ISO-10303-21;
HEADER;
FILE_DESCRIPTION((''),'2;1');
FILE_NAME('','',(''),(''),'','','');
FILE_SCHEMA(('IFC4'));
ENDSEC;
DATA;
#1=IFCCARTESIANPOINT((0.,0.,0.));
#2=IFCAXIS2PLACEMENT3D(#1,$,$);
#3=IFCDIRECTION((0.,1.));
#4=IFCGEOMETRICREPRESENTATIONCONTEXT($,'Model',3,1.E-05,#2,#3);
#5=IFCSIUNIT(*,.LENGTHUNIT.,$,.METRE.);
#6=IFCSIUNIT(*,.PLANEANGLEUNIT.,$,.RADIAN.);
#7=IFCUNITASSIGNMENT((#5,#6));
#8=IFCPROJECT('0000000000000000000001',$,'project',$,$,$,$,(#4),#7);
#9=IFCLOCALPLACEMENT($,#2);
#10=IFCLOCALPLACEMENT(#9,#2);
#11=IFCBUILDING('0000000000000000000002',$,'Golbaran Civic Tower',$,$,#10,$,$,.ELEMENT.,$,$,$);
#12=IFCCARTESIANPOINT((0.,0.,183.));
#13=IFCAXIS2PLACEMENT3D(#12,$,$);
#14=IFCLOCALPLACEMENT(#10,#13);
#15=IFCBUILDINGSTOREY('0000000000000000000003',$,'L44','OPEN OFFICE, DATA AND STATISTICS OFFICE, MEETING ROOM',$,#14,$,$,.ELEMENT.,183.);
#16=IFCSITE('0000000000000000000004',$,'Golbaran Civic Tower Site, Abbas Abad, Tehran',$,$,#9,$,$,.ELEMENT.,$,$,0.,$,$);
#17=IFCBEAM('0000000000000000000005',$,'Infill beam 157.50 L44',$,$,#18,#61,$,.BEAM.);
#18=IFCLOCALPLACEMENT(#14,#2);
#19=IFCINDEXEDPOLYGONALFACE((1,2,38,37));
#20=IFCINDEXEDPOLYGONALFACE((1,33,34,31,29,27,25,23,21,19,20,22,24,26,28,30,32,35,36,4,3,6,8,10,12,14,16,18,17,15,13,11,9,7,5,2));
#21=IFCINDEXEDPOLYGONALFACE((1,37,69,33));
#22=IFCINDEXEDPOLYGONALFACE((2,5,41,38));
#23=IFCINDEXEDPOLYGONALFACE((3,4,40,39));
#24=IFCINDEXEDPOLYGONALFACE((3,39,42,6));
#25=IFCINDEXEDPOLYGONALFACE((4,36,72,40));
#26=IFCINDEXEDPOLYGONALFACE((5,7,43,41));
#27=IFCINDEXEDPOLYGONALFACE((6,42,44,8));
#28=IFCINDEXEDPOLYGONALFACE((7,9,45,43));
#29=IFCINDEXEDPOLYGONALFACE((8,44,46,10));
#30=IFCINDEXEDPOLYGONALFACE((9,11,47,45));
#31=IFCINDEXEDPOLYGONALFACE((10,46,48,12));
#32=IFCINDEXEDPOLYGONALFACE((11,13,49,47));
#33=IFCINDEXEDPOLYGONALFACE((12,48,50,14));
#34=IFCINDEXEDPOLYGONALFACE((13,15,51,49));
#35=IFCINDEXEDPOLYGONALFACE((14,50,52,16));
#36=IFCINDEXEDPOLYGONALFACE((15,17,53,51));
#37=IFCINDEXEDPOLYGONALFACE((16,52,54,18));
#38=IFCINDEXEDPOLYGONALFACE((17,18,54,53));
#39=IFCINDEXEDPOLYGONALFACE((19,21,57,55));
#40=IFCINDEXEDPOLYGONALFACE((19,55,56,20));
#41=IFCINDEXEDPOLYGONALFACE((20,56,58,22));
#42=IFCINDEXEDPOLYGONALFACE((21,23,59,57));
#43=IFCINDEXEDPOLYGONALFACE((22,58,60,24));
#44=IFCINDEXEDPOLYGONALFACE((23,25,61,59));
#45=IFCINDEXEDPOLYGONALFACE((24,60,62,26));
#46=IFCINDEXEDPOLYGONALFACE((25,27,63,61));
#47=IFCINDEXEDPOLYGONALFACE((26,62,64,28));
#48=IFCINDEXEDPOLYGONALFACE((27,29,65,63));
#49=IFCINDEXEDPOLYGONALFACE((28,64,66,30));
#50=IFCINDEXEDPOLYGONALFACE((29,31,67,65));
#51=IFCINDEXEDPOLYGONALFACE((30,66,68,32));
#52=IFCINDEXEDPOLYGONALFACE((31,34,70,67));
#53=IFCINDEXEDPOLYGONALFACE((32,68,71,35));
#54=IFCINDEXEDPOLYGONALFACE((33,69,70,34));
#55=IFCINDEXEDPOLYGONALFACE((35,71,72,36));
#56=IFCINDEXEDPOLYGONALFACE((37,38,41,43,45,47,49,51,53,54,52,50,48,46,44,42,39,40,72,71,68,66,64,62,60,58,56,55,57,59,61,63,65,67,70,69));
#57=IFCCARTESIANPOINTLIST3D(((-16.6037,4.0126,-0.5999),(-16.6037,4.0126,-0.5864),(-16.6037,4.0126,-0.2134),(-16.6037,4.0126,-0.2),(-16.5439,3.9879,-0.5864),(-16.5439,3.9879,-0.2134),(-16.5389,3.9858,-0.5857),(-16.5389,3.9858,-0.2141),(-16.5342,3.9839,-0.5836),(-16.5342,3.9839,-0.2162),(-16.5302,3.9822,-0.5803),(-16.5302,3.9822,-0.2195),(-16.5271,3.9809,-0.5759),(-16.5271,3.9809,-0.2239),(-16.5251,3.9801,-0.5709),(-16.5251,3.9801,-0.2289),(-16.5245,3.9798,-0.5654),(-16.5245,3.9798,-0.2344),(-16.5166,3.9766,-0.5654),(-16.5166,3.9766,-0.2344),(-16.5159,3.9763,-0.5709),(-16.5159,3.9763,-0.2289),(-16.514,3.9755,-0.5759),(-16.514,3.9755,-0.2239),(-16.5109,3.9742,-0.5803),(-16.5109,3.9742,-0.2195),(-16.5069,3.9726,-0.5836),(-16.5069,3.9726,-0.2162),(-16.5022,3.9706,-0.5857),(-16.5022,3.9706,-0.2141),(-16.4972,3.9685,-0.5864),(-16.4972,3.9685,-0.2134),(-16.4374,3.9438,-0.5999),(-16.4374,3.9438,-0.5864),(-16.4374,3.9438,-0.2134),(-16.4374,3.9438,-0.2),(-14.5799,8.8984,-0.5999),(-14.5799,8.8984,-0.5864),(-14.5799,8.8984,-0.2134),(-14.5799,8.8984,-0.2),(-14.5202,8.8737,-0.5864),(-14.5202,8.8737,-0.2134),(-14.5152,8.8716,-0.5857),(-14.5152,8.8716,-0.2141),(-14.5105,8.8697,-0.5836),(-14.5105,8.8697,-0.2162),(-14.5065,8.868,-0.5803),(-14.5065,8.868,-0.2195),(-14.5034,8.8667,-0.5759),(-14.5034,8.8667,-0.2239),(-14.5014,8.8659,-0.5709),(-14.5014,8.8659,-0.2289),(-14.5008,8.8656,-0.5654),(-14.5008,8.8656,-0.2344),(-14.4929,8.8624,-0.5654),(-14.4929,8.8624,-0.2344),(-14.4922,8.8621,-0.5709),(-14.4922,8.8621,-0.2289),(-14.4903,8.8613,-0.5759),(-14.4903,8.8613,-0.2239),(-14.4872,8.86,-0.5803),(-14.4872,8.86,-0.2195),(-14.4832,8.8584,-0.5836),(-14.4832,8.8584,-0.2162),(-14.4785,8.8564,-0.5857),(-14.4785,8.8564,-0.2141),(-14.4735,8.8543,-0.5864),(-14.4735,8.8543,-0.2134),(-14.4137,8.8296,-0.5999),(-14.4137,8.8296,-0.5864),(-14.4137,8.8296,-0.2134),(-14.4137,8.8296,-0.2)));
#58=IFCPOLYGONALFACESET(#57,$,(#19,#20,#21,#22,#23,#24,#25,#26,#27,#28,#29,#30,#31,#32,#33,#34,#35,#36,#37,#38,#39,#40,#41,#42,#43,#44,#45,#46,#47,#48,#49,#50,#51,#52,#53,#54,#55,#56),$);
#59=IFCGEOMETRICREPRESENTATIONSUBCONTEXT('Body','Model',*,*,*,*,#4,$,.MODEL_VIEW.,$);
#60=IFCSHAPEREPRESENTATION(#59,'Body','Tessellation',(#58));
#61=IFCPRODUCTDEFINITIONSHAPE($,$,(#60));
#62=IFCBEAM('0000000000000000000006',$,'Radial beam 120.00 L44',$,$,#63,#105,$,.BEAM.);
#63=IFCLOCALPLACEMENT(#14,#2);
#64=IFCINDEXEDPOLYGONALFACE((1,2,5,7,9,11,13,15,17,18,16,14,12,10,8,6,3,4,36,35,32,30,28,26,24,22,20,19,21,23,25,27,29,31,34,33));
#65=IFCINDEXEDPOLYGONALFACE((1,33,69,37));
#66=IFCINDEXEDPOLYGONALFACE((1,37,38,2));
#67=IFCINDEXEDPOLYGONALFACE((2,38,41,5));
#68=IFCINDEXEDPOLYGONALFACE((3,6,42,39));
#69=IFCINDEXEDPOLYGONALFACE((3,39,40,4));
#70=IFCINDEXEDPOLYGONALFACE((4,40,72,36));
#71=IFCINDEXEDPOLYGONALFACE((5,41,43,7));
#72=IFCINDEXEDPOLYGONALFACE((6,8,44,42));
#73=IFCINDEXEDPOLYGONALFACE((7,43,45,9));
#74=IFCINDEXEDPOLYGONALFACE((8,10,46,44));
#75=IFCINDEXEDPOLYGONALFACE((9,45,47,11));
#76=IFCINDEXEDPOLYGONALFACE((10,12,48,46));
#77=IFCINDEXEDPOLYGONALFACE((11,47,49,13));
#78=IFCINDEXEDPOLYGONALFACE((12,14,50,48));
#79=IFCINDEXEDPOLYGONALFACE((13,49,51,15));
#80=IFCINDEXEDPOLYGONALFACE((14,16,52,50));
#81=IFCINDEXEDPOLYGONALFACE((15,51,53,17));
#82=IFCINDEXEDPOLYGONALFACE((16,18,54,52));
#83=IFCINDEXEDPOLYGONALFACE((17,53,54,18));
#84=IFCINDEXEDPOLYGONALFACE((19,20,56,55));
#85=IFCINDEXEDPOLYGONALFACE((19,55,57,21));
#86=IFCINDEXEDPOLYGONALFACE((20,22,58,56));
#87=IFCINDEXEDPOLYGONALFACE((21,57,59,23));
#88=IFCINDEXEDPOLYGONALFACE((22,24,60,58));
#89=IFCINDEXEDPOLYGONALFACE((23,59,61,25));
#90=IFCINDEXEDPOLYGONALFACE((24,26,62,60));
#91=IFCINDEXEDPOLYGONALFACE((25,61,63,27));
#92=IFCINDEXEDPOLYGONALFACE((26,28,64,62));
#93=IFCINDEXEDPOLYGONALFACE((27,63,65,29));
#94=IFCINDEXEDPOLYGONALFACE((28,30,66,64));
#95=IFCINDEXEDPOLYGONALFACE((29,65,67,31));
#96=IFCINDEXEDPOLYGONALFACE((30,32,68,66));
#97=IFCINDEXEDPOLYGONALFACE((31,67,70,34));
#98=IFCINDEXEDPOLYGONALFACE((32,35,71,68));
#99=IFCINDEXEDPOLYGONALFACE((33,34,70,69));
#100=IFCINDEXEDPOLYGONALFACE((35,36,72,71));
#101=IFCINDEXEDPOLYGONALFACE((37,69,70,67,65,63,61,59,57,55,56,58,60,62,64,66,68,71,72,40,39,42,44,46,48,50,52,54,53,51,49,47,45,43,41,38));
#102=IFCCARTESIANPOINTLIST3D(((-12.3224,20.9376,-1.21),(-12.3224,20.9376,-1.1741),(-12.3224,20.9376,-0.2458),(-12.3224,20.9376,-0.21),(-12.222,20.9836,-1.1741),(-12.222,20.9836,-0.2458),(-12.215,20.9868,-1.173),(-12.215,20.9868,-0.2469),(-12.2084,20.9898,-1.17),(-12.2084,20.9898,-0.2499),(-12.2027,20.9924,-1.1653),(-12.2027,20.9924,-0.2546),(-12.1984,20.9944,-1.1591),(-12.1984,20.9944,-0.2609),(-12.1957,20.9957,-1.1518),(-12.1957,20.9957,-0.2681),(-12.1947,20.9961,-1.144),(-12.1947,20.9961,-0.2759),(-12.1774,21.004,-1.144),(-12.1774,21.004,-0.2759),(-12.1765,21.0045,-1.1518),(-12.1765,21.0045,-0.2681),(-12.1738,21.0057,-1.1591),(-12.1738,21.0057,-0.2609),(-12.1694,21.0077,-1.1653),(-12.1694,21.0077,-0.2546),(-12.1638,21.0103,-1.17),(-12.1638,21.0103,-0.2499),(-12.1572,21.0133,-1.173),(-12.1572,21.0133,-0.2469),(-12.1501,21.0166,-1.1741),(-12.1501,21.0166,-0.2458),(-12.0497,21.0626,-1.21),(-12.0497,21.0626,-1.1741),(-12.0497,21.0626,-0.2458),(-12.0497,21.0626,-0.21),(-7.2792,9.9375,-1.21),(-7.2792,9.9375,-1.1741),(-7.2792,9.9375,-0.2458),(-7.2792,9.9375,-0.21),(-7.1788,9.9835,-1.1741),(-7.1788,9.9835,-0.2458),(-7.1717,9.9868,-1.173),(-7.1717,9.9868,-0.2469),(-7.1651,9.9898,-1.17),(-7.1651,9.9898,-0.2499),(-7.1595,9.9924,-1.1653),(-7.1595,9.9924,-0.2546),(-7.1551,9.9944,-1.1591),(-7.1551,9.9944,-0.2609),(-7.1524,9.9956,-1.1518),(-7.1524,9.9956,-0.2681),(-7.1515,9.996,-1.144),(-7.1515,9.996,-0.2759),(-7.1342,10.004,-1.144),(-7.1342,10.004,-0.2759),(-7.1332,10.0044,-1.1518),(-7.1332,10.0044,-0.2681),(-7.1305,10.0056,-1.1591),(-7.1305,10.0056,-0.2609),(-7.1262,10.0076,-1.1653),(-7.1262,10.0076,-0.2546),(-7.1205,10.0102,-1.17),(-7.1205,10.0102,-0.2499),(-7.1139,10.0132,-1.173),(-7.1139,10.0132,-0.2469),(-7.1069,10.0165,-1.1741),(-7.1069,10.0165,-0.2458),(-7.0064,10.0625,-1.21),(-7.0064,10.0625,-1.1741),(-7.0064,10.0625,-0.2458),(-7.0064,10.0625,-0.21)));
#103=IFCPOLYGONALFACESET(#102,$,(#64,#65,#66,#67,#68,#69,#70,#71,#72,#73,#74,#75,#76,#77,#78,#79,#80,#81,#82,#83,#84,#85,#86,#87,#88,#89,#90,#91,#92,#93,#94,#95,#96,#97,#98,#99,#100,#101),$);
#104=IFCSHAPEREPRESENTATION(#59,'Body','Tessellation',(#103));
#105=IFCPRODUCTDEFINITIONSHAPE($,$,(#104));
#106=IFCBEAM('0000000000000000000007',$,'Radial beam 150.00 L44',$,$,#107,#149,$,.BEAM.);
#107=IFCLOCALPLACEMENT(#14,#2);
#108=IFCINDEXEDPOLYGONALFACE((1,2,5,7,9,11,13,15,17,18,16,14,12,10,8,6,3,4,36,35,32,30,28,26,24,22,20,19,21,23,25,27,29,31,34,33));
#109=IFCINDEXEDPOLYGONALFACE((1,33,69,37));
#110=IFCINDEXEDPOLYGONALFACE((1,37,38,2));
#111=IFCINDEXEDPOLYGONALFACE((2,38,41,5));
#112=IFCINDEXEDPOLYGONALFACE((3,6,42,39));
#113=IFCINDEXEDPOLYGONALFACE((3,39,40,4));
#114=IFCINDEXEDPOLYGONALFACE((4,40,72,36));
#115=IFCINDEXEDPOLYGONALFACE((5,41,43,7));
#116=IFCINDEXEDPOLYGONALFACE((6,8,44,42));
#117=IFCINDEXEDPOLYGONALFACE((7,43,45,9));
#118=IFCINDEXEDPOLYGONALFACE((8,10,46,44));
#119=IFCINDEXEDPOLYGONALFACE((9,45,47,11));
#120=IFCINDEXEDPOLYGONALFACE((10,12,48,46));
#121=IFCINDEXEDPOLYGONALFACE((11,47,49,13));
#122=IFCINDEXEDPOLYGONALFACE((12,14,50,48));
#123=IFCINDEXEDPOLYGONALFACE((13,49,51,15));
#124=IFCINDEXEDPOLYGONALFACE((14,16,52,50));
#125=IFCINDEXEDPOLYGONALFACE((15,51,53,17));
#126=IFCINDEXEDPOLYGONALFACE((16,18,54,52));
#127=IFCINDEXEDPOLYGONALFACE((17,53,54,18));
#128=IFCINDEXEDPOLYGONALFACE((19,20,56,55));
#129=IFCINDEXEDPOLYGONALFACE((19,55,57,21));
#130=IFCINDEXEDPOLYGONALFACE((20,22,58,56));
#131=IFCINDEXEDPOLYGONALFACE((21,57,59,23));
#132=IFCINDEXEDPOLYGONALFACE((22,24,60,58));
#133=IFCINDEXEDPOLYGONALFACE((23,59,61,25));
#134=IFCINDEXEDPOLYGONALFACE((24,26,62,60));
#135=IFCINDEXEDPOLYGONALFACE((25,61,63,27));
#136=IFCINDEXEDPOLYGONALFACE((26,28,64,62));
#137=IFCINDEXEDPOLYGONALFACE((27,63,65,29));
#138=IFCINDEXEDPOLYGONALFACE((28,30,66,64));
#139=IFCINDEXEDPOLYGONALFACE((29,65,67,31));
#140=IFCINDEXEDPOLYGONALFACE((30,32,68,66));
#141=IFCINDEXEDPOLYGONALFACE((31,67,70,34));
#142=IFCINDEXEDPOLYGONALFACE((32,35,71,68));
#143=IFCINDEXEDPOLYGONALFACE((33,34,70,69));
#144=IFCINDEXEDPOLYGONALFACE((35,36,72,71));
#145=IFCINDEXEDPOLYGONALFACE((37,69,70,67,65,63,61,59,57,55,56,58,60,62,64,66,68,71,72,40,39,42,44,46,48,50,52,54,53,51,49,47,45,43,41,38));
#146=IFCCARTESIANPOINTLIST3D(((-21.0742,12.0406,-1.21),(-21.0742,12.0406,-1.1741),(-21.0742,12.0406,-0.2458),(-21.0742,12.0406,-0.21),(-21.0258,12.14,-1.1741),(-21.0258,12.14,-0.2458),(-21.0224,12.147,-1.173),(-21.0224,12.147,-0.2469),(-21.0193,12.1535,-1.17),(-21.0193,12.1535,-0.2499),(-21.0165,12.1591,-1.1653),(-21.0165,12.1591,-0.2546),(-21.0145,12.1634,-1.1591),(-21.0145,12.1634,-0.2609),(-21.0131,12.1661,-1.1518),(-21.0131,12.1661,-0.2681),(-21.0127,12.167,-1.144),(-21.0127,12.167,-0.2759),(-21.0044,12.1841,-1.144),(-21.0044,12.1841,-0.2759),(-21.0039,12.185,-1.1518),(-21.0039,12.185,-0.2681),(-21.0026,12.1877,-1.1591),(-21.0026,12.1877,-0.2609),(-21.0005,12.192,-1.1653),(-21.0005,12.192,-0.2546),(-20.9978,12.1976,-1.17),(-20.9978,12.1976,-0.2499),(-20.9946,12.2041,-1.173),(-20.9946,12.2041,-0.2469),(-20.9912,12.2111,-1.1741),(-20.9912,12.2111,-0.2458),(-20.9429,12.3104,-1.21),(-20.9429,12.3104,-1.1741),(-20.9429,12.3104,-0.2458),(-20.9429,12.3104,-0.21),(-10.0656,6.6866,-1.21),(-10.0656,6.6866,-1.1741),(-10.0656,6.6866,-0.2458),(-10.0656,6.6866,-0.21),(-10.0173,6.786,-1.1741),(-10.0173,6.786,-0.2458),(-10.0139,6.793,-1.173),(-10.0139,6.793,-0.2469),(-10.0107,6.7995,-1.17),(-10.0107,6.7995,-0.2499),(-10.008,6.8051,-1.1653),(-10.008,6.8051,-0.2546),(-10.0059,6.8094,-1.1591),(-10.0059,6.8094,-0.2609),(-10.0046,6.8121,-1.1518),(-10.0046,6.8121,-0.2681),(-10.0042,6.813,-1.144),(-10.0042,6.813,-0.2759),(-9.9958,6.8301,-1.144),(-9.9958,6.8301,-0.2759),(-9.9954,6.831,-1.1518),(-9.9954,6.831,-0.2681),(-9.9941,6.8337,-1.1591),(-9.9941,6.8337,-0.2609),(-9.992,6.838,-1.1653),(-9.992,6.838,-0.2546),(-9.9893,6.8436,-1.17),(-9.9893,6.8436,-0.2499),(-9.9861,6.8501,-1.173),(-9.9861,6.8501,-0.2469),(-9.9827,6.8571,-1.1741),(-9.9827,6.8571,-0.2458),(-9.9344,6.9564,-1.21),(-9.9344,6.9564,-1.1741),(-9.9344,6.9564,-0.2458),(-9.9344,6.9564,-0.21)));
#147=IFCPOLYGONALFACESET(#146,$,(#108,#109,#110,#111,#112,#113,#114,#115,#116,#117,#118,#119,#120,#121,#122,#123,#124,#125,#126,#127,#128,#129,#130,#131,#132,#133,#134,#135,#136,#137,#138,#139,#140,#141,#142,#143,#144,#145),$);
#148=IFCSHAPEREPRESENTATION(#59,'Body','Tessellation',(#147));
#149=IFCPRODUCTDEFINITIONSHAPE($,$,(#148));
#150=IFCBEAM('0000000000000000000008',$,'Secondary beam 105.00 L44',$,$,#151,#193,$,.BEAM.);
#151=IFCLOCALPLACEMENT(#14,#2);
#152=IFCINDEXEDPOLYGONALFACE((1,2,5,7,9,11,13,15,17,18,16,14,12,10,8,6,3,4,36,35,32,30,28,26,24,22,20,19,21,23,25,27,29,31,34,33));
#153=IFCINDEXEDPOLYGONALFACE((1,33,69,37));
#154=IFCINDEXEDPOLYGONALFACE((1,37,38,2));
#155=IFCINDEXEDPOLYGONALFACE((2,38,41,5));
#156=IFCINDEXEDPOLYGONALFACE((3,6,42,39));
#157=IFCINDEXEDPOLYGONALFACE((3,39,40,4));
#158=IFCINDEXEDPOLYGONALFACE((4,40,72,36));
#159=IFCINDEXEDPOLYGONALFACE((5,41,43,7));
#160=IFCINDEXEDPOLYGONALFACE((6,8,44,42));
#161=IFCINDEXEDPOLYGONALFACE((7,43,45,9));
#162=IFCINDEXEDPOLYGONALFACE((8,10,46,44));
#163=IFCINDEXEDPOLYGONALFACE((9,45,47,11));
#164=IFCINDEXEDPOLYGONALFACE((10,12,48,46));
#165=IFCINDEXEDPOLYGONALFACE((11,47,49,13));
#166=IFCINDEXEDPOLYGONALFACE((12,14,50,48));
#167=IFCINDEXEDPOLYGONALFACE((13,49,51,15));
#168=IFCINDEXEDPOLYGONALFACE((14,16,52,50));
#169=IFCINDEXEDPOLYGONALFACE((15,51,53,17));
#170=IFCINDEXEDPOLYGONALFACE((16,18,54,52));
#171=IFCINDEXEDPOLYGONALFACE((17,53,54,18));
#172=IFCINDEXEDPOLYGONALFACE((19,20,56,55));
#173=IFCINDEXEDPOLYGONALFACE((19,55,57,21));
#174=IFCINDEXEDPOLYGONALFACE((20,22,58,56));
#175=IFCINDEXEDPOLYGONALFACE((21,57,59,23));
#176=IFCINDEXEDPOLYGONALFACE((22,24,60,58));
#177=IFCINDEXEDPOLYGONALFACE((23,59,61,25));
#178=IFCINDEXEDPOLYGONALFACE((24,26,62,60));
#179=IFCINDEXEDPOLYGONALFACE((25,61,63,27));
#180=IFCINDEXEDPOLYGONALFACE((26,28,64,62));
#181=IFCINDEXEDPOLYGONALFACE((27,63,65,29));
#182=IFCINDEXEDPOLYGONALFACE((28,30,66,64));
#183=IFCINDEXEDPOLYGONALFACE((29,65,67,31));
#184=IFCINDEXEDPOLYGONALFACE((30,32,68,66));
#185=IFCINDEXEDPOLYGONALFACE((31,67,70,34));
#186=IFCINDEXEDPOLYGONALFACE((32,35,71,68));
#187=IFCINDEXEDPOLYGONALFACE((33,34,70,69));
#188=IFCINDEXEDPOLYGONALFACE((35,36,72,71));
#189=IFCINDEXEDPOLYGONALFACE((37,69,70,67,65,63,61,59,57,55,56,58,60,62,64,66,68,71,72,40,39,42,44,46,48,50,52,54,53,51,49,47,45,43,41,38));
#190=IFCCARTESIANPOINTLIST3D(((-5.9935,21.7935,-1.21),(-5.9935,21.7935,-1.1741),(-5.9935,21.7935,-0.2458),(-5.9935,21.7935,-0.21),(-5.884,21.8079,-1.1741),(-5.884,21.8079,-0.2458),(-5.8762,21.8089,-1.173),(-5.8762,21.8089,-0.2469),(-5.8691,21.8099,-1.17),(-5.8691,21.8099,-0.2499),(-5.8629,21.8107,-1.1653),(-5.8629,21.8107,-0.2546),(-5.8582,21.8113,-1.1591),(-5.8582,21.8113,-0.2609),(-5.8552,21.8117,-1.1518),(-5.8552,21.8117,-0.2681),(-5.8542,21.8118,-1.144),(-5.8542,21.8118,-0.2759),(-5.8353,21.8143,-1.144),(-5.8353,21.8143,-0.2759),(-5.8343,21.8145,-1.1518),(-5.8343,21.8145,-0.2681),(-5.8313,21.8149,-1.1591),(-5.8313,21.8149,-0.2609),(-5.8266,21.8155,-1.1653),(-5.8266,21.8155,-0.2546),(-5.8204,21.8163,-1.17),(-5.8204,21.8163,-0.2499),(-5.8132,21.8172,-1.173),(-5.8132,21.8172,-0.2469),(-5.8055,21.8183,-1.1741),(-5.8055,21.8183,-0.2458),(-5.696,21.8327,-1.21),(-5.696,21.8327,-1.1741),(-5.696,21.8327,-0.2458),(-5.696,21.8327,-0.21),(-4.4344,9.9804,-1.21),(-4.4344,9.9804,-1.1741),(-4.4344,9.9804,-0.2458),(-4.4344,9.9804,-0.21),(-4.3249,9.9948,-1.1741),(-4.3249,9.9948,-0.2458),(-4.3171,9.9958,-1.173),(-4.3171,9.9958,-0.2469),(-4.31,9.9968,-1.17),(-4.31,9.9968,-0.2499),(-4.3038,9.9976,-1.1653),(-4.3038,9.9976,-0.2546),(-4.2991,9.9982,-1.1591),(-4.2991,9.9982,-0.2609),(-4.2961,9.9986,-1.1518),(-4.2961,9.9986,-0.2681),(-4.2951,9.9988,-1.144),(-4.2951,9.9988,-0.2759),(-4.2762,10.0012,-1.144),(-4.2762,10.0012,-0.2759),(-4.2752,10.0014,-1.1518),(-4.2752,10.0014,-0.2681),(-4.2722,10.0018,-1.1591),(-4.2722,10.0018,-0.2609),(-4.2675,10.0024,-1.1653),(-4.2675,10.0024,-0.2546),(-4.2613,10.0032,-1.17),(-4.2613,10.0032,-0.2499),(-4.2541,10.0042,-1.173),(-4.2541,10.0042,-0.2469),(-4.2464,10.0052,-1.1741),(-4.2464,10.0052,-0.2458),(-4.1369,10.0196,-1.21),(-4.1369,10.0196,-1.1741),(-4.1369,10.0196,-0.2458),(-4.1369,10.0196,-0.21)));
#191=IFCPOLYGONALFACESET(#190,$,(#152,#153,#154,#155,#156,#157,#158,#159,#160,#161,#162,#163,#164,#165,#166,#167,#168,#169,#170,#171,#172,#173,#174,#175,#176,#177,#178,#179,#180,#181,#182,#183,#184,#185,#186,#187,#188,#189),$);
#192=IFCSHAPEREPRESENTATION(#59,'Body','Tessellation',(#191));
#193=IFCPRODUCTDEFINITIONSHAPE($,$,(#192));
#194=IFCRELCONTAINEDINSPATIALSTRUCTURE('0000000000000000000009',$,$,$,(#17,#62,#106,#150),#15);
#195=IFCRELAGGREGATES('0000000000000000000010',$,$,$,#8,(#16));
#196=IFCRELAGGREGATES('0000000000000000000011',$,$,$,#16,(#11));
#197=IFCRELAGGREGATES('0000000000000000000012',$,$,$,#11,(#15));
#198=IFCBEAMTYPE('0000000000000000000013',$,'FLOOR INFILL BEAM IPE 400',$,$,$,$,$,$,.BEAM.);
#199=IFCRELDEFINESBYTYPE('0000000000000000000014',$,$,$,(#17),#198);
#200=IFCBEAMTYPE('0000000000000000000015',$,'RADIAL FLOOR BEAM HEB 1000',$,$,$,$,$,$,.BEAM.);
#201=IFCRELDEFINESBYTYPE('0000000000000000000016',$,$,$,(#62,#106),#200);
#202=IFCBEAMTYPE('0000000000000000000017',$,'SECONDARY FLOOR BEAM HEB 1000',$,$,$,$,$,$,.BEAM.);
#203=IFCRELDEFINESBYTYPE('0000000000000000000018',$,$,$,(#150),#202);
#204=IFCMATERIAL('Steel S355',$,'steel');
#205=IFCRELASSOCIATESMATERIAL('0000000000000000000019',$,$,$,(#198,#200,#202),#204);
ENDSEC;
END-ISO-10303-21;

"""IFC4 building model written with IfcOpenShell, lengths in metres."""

from ifc_helpers import new_model, si_unit, direction, frame, origin, origin_2d, place, context, subcontext, project, spatial, i_section, extrude, material, material_profile, profile_set, type_object, element, save


model = new_model("IFC4")

# Units and contexts
model_context = context("Model", 3, precision=1e-05, world=origin(), true_north=direction((0.0, 1.0)))
body_context = subcontext(model_context, "Body", "Model", "MODEL_VIEW")
ifc_project = project(units=[si_unit("LENGTHUNIT", "METRE"), si_unit("PLANEANGLEUNIT", "RADIAN")], contexts=[model_context])

# Site, building, storey
site_placement = place(None, origin())
site = spatial("IfcSite", under=ifc_project, at=site_placement, Name="Golbaran Civic Tower Site, Abbas Abad, Tehran", CompositionType="ELEMENT", RefElevation=0.0)
building_placement = place(site_placement, origin())
building = spatial("IfcBuilding", under=site, at=building_placement, Name="Golbaran Civic Tower", CompositionType="ELEMENT")
storey_placement = place(building_placement, frame((0.0, 0.0, 183.0)))
storey = spatial("IfcBuildingStorey", under=building, at=storey_placement, Name="L44", Description="OPEN OFFICE, DATA AND STATISTICS OFFICE, MEETING ROOM", CompositionType="ELEMENT", Elevation=183.0)

# Beams
ifc_material_1 = material(Name="Steel S355", Category="steel")
ifc_material_profile_1 = material_profile(ifc_material_1, i_section(OverallWidth=0.1799, OverallDepth=0.3999, WebThickness=0.0085, FlangeThickness=0.0134, FilletRadius=0.021, at=origin_2d()), Name="IPE 400")
ifc_profile_set_1 = profile_set([ifc_material_profile_1], Name="Steel S355")
beam_type_1 = type_object("IfcBeamType", Name="FLOOR INFILL BEAM IPE 400", PredefinedType="BEAM", material=ifc_profile_set_1)
beam_1_placement = place(storey_placement, frame((-14.4968, 8.864, -0.3999), z_axis=(-0.382674, -0.923883, 0.0), x_axis=(0.923883, -0.382674, 0.0)))
element("IfcBeam", 1, at=beam_1_placement, inside=storey, type_object=beam_type_1, Name="Infill beam 157.50 L44", PredefinedType="BEAM", context=body_context, shape_type="SweptSolid", body=[
    extrude(i_section(OverallWidth=0.1799, OverallDepth=0.3999, WebThickness=0.0085, FlangeThickness=0.0134, FilletRadius=0.021, at=origin_2d()), origin(), (0.0, 0.0, 1.0), 5.2883),
])
ifc_material_profile_2 = material_profile(ifc_material_1, i_section(OverallWidth=0.3, OverallDepth=1.0, WebThickness=0.019, FlangeThickness=0.0359, FilletRadius=0.03, at=origin_2d()), Name="HEB 1000")
ifc_profile_set_2 = profile_set([ifc_material_profile_2], Name="Steel S355")
beam_type_2 = type_object("IfcBeamType", Name="RADIAL FLOOR BEAM HEB 1000", PredefinedType="BEAM", material=ifc_profile_set_2)
beam_2_placement = place(storey_placement, frame((-7.1428, 10.0, -0.71), z_axis=(-0.41676, 0.909016, 0.0), x_axis=(-0.909016, -0.41676, 0.0)))
element("IfcBeam", 2, at=beam_2_placement, inside=storey, type_object=beam_type_2, Name="Radial beam 120.00 L44", PredefinedType="BEAM", context=body_context, shape_type="SweptSolid", body=[
    extrude(i_section(OverallWidth=0.3, OverallDepth=1.0, WebThickness=0.019, FlangeThickness=0.0359, FilletRadius=0.03, at=origin_2d()), origin(), (0.0, 0.0, 1.0), 12.1011),
])
beam_3_placement = place(storey_placement, frame((-10.0, 6.8215, -0.71), z_axis=(-0.899283, 0.437366, 0.0), x_axis=(-0.437366, -0.899283, 0.0)))
element("IfcBeam", 3, at=beam_3_placement, inside=storey, type_object=beam_type_2, Name="Radial beam 150.00 L44", PredefinedType="BEAM", context=body_context, shape_type="SweptSolid", body=[
    extrude(i_section(OverallWidth=0.3, OverallDepth=1.0, WebThickness=0.019, FlangeThickness=0.0359, FilletRadius=0.03, at=origin_2d()), origin(), (0.0, 0.0, 1.0), 12.2415),
])
ifc_material_profile_3 = material_profile(ifc_material_1, i_section(OverallWidth=0.3, OverallDepth=1.0, WebThickness=0.019, FlangeThickness=0.0359, FilletRadius=0.03, at=origin_2d()), Name="HEB 1000")
ifc_profile_set_3 = profile_set([ifc_material_profile_3], Name="Steel S355")
beam_type_3 = type_object("IfcBeamType", Name="SECONDARY FLOOR BEAM HEB 1000", PredefinedType="BEAM", material=ifc_profile_set_3)
beam_4_placement = place(storey_placement, frame((-4.2856, 10.0, -0.71), z_axis=(-0.130846, 0.991403, 0.0), x_axis=(-0.991403, -0.130846, 0.0)))
element("IfcBeam", 4, at=beam_4_placement, inside=storey, type_object=beam_type_3, Name="Secondary beam 105.00 L44", PredefinedType="BEAM", context=body_context, shape_type="SweptSolid", body=[
    extrude(i_section(OverallWidth=0.3, OverallDepth=1.0, WebThickness=0.019, FlangeThickness=0.0359, FilletRadius=0.03, at=origin_2d()), origin(), (0.0, 0.0, 1.0), 11.9155),
])

save(model, "model.ifc")
